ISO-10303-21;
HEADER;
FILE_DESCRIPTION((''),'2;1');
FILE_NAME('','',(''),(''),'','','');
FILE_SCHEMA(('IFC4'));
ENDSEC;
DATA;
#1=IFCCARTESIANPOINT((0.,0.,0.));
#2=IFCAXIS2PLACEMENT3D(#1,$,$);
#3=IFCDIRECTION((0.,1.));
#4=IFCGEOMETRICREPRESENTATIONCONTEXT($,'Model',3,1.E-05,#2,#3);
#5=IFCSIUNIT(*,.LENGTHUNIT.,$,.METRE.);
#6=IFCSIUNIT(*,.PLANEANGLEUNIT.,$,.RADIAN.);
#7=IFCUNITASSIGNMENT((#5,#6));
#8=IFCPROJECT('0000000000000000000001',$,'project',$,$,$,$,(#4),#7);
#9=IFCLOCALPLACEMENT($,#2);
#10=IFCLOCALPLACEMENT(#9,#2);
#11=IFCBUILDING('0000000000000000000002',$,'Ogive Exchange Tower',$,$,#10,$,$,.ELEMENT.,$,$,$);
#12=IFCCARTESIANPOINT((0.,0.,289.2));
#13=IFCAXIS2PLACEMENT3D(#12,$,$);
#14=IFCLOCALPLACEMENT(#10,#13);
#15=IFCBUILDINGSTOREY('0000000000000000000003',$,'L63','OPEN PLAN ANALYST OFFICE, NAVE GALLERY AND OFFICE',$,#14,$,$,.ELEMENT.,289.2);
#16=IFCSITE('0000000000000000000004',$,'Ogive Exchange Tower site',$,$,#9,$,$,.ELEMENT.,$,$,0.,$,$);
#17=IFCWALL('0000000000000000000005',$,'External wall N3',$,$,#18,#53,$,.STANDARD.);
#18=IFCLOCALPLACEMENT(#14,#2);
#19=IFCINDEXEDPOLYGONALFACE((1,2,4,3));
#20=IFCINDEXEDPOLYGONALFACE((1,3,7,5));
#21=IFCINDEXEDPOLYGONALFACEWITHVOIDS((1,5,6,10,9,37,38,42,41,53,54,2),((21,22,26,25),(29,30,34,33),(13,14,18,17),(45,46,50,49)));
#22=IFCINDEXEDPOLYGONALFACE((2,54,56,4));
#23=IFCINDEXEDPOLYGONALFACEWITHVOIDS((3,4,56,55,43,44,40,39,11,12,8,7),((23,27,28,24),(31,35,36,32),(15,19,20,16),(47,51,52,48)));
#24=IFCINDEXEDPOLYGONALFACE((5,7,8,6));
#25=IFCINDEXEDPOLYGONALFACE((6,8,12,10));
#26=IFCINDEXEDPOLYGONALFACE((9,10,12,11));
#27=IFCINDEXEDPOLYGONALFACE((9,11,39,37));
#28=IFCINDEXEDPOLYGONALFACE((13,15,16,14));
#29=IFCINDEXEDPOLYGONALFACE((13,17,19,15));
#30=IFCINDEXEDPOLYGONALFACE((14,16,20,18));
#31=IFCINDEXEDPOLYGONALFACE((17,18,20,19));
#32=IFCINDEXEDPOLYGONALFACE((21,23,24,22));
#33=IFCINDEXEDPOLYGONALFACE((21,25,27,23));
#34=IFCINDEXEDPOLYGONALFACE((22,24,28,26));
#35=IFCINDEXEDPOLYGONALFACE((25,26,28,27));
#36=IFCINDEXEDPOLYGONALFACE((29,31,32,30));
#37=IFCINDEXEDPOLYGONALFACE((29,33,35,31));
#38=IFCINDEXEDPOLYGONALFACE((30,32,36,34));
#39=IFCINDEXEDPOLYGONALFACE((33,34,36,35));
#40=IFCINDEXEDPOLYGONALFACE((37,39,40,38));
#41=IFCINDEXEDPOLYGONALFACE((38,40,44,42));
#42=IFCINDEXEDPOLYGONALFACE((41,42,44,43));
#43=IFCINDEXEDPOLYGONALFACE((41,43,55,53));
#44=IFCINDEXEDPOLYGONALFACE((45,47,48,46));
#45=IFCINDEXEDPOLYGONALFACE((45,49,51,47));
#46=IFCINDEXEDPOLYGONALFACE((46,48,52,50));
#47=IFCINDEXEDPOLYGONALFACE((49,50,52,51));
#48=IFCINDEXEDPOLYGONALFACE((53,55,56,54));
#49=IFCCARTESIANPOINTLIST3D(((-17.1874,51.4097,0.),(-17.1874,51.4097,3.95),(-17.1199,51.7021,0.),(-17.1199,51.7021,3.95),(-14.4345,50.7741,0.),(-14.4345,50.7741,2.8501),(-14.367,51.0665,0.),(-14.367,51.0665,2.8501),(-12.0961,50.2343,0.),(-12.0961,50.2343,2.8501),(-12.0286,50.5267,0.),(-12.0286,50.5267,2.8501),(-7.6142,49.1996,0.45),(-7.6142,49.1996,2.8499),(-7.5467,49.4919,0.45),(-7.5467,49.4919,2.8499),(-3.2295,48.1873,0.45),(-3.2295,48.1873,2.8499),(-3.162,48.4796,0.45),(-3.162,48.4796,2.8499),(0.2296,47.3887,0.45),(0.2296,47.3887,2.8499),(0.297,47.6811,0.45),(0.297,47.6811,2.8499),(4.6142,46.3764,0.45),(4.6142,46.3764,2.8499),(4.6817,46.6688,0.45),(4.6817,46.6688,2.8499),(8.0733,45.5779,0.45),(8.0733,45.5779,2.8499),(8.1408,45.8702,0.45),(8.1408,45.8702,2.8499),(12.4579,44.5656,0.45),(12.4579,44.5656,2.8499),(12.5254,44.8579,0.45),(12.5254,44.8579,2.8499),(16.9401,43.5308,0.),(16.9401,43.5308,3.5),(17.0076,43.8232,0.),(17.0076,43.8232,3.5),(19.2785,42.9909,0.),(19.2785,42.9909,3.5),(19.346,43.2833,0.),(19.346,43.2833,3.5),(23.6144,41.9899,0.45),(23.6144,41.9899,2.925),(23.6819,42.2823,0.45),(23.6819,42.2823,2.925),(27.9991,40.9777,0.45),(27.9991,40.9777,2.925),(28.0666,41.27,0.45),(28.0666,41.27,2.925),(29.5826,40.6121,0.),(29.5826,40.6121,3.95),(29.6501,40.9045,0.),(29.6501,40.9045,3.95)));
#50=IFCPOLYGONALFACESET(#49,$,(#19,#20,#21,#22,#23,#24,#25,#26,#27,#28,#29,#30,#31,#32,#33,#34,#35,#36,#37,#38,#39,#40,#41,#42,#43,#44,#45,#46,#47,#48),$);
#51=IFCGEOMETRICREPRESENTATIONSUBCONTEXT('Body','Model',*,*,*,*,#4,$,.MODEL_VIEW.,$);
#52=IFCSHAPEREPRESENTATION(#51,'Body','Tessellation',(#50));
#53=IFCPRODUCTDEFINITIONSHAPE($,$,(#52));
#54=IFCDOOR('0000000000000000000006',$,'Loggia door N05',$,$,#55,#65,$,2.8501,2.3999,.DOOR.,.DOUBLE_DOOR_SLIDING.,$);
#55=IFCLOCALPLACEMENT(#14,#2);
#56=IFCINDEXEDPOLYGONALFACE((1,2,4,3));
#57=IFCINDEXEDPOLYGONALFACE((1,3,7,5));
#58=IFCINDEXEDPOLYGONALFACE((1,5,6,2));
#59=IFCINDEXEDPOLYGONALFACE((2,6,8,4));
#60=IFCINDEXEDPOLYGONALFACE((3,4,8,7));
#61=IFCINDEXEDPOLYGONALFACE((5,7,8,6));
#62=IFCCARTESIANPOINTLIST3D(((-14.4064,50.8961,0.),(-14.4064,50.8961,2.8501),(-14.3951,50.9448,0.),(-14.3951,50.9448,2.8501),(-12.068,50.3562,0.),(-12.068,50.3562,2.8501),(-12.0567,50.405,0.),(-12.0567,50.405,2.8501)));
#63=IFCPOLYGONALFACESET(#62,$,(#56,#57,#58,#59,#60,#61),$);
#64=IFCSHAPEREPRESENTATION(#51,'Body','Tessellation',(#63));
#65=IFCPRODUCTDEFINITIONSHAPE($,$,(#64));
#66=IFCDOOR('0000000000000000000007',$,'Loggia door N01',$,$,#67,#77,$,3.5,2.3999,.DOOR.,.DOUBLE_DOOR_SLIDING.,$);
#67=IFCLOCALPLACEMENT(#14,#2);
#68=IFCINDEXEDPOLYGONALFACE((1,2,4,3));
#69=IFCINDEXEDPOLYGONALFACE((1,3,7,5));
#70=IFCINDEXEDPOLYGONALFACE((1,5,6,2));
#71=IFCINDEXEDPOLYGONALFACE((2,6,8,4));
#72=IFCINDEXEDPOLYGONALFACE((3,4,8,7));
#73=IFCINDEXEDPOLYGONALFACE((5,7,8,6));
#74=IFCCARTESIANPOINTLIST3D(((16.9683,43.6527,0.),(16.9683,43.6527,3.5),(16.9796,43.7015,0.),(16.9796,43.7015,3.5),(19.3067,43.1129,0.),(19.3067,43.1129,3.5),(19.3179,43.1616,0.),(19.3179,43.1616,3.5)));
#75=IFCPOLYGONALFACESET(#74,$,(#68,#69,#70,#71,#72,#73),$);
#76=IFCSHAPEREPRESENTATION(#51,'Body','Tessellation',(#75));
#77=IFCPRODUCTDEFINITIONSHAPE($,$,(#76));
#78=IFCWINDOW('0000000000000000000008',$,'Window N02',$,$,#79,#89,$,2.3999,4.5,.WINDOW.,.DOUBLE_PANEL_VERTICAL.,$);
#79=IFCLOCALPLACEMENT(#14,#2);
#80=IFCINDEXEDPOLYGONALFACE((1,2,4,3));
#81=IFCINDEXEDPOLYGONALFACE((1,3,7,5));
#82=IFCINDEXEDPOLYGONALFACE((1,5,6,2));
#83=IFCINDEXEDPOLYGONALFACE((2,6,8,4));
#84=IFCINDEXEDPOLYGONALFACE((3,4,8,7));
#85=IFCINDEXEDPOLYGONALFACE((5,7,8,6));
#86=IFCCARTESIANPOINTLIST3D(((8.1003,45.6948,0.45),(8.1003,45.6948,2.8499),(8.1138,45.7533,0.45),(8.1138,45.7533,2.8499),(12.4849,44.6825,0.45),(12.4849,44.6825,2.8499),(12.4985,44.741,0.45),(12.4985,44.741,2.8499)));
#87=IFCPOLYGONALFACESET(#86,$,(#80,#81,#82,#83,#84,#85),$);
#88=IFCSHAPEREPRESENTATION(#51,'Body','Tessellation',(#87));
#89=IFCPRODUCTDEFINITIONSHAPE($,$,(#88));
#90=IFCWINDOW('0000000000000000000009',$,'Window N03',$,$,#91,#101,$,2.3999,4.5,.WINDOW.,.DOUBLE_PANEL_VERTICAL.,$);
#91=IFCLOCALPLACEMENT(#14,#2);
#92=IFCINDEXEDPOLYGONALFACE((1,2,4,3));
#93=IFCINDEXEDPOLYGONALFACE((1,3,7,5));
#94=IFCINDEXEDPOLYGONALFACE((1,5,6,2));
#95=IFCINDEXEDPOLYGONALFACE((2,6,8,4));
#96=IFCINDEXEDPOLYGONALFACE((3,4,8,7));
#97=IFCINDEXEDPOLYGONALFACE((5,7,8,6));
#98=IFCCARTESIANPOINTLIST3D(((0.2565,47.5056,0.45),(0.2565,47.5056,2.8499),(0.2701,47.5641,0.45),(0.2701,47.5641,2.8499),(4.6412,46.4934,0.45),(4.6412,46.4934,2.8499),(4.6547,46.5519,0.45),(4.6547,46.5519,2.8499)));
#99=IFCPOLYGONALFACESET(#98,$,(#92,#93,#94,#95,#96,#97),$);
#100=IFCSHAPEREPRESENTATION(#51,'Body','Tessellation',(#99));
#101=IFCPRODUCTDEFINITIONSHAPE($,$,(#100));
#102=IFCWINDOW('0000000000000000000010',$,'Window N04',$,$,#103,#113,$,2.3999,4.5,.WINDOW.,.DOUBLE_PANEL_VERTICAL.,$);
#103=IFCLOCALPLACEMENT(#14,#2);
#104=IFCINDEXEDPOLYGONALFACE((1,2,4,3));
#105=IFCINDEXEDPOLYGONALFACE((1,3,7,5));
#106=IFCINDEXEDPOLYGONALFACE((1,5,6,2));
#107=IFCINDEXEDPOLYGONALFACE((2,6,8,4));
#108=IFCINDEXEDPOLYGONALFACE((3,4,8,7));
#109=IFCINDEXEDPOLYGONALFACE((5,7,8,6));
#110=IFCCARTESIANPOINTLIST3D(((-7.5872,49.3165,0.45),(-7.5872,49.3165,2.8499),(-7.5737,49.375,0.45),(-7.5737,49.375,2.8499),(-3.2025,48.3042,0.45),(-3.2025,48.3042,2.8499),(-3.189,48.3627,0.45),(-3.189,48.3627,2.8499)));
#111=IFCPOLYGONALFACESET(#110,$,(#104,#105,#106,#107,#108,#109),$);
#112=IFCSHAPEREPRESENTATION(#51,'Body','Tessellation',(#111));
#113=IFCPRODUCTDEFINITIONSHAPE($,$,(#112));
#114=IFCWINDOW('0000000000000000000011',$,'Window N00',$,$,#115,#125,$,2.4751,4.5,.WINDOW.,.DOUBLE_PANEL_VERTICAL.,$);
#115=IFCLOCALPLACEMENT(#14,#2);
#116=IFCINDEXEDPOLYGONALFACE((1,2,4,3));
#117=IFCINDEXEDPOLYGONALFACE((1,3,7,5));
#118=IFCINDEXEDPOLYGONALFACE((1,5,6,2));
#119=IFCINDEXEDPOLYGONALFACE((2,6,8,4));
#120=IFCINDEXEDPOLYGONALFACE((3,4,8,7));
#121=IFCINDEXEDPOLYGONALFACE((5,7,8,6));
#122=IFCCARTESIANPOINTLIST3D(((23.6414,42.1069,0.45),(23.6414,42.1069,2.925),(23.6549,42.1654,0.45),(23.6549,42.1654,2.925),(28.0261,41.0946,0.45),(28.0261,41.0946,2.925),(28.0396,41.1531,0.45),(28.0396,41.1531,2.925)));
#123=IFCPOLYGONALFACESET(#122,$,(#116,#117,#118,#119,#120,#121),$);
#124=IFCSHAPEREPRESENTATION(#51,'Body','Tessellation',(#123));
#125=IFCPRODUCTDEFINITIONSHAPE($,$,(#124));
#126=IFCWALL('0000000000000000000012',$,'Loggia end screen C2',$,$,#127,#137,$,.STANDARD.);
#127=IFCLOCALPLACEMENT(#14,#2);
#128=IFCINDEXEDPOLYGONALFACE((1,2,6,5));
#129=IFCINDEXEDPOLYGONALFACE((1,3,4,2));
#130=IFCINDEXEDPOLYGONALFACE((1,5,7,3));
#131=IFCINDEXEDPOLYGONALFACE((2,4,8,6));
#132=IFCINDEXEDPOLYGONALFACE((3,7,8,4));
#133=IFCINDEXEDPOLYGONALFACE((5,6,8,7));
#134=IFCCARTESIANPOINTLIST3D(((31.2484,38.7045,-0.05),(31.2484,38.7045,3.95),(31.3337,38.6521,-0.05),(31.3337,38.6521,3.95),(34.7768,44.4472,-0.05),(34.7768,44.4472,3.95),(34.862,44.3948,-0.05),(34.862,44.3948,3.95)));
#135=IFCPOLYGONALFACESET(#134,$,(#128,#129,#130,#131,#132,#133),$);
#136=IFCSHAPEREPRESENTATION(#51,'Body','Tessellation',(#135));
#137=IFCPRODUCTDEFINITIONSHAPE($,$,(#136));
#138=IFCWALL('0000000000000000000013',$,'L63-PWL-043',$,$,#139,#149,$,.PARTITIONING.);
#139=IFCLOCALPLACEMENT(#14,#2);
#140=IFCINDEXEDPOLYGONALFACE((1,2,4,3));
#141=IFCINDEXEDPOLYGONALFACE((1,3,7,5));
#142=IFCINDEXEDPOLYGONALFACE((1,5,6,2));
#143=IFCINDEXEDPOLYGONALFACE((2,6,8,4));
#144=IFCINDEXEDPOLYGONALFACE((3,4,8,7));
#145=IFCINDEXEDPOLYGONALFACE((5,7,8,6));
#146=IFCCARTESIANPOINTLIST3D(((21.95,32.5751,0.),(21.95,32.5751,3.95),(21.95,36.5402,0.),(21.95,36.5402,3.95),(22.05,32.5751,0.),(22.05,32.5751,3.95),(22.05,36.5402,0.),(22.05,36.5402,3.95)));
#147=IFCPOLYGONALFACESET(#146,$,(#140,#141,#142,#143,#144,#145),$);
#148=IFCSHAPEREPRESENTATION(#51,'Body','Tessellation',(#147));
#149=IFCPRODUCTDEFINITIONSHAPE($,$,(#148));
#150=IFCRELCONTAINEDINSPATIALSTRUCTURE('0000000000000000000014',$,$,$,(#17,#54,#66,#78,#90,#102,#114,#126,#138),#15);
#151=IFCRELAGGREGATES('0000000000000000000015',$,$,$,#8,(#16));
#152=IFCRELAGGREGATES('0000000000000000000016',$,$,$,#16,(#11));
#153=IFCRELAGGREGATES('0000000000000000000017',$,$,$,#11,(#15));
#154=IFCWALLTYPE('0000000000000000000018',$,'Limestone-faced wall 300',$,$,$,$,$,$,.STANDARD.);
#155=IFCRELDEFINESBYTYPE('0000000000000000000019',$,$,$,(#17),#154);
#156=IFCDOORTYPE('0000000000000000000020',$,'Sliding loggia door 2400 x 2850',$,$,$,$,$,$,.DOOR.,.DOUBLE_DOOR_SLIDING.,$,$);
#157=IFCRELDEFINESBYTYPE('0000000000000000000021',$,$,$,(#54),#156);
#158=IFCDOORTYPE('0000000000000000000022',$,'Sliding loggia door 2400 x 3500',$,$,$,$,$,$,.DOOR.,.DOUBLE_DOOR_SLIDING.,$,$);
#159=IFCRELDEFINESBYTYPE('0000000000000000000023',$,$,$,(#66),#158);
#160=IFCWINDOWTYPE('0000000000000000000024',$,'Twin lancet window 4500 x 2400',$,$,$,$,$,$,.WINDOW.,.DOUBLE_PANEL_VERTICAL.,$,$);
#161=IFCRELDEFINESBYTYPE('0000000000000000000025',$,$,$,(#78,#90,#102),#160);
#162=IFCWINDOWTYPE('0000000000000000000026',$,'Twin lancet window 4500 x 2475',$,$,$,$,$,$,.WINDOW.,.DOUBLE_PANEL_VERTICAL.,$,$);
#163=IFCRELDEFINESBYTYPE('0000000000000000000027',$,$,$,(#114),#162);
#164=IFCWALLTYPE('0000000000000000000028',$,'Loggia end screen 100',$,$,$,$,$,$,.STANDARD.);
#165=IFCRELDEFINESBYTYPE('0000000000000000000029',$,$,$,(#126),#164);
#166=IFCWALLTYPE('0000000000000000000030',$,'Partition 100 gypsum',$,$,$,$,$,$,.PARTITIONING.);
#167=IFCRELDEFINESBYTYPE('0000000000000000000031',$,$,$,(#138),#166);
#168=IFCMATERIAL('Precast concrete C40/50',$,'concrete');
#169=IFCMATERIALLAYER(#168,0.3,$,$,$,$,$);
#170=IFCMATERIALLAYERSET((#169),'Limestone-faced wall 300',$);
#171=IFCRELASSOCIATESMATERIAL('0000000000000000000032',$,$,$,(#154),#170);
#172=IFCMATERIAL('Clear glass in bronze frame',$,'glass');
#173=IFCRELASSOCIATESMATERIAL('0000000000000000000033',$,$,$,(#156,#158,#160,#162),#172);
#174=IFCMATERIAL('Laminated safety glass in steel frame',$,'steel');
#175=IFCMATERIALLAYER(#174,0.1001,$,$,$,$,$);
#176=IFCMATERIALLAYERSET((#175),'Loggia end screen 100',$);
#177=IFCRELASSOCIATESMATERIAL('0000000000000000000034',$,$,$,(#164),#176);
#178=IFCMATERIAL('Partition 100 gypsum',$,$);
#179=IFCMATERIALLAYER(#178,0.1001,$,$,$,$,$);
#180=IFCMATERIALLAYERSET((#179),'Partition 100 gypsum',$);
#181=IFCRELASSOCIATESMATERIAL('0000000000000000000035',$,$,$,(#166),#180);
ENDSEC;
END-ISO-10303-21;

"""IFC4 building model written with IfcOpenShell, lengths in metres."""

from ifc_helpers import new_model, si_unit, direction, frame, frame_2d, origin, place, context, subcontext, project, spatial, rectangle, extrude, material, layer, layer_set, type_object, element, fill, save


model = new_model("IFC4")

# Units and contexts
model_context = context("Model", 3, precision=1e-05, world=origin(), true_north=direction((0.0, 1.0)))
body_context = subcontext(model_context, "Body", "Model", "MODEL_VIEW")
ifc_project = project(units=[si_unit("LENGTHUNIT", "METRE"), si_unit("PLANEANGLEUNIT", "RADIAN")], contexts=[model_context])

# Site, building, storey
site_placement = place(None, origin())
site = spatial("IfcSite", under=ifc_project, at=site_placement, Name="Ogive Exchange Tower site", CompositionType="ELEMENT", RefElevation=0.0)
building_placement = place(site_placement, origin())
building = spatial("IfcBuilding", under=site, at=building_placement, Name="Ogive Exchange Tower", CompositionType="ELEMENT")
storey_placement = place(building_placement, frame((0.0, 0.0, 289.2)))
storey = spatial("IfcBuildingStorey", under=building, at=storey_placement, Name="L63", Description="OPEN PLAN ANALYST OFFICE, NAVE GALLERY AND OFFICE", CompositionType="ELEMENT", Elevation=289.2)

# Wall, openings, doors, windows
ifc_material_1 = material(Name="Precast concrete C40/50", Category="concrete")
ifc_layer_1 = layer(ifc_material_1, 0.3)
ifc_layer_set_1 = layer_set([ifc_layer_1], Name="Limestone-faced wall 300")
wall_type_1 = type_object("IfcWallType", Name="Limestone-faced wall 300", PredefinedType="STANDARD", material=ifc_layer_set_1)
wall_1_placement = place(storey_placement, frame((29.6162, 40.7583, 0.0), z_axis=(0.0, 0.0, 1.0), x_axis=(-0.974371, 0.224949, 0.0)))
wall_1 = element("IfcWall", 1, at=wall_1_placement, inside=storey, type_object=wall_type_1, Name="External wall N3", PredefinedType="STANDARD", context=body_context, shape_type="SweptSolid", body=[
    extrude(rectangle(XDim=48.0002, YDim=0.3, at=frame_2d((24.0, 0.0))), origin(), (0.0, 0.0, 1.0), 3.95),
])
opening_1_placement = place(wall_1_placement, frame((1.625, 0.0, 0.45)))
opening_1 = element("IfcOpeningElement", 2, at=opening_1_placement, cuts=wall_1, PredefinedType="OPENING", context=body_context, shape_type="SweptSolid", body=[
    extrude(rectangle(XDim=4.5, YDim=2.4751, at=frame_2d((2.25, 1.2375))), frame((0.0, 0.1599, 0.0), z_axis=(0.0, -1.0, 0.0), x_axis=(1.0, 0.0, 0.0)), (0.0, 0.0, 1.0), 0.3201),
])
opening_2_placement = place(wall_1_placement, frame((10.575, 0.0, 0.0)))
opening_2 = element("IfcOpeningElement", 3, at=opening_2_placement, cuts=wall_1, PredefinedType="OPENING", context=body_context, shape_type="SweptSolid", body=[
    extrude(rectangle(XDim=2.3999, YDim=3.5, at=frame_2d((1.2, 1.75))), frame((0.0, 0.1599, 0.0), z_axis=(0.0, -1.0, 0.0), x_axis=(1.0, 0.0, 0.0)), (0.0, 0.0, 1.0), 0.3201),
])
opening_3_placement = place(wall_1_placement, frame((17.575, 0.0, 0.45)))
opening_3 = element("IfcOpeningElement", 4, at=opening_3_placement, cuts=wall_1, PredefinedType="OPENING", context=body_context, shape_type="SweptSolid", body=[
    extrude(rectangle(XDim=4.5, YDim=2.3999, at=frame_2d((2.25, 1.2))), frame((0.0, 0.1599, 0.0), z_axis=(0.0, -1.0, 0.0), x_axis=(1.0, 0.0, 0.0)), (0.0, 0.0, 1.0), 0.3201),
])
opening_4_placement = place(wall_1_placement, frame((25.625, 0.0, 0.45)))
opening_4 = element("IfcOpeningElement", 5, at=opening_4_placement, cuts=wall_1, PredefinedType="OPENING", context=body_context, shape_type="SweptSolid", body=[
    extrude(rectangle(XDim=4.5, YDim=2.3999, at=frame_2d((2.25, 1.2))), frame((0.0, 0.1599, 0.0), z_axis=(0.0, -1.0, 0.0), x_axis=(1.0, 0.0, 0.0)), (0.0, 0.0, 1.0), 0.3201),
])
opening_5_placement = place(wall_1_placement, frame((33.675, 0.0, 0.45)))
opening_5 = element("IfcOpeningElement", 6, at=opening_5_placement, cuts=wall_1, PredefinedType="OPENING", context=body_context, shape_type="SweptSolid", body=[
    extrude(rectangle(XDim=4.5, YDim=2.3999, at=frame_2d((2.25, 1.2))), frame((0.0, 0.1599, 0.0), z_axis=(0.0, -1.0, 0.0), x_axis=(1.0, 0.0, 0.0)), (0.0, 0.0, 1.0), 0.3201),
])
opening_6_placement = place(wall_1_placement, frame((42.7749, 0.0, 0.0)))
opening_6 = element("IfcOpeningElement", 7, at=opening_6_placement, cuts=wall_1, PredefinedType="OPENING", context=body_context, shape_type="SweptSolid", body=[
    extrude(rectangle(XDim=2.3999, YDim=2.8501, at=frame_2d((1.2, 1.425))), frame((0.0, 0.1599, 0.0), z_axis=(0.0, -1.0, 0.0), x_axis=(1.0, 0.0, 0.0)), (0.0, 0.0, 1.0), 0.3201),
])
ifc_material_2 = material(Name="Clear glass in bronze frame", Category="glass")
door_type_1 = type_object("IfcDoorType", Name="Sliding loggia door 2400 x 2850", OperationType="DOUBLE_DOOR_SLIDING", PredefinedType="DOOR", material=ifc_material_2)
door_1_placement = place(opening_6_placement, origin())
door_1 = element("IfcDoor", 8, at=door_1_placement, inside=storey, type_object=door_type_1, Name="Loggia door N05", OperationType="DOUBLE_DOOR_SLIDING", OverallHeight=2.8501, OverallWidth=2.3999, PredefinedType="DOOR", context=body_context, shape_type="SweptSolid", body=[
    extrude(rectangle(XDim=2.3999, YDim=2.8501, at=frame_2d((1.2, 1.425))), frame((0.0, 0.0249, 0.0), z_axis=(0.0, -1.0, 0.0), x_axis=(1.0, 0.0, 0.0)), (0.0, 0.0, 1.0), 0.05),
])
fill(opening_6, door_1)
door_type_2 = type_object("IfcDoorType", Name="Sliding loggia door 2400 x 3500", OperationType="DOUBLE_DOOR_SLIDING", PredefinedType="DOOR", material=ifc_material_2)
door_2_placement = place(opening_2_placement, origin())
door_2 = element("IfcDoor", 9, at=door_2_placement, inside=storey, type_object=door_type_2, Name="Loggia door N01", OperationType="DOUBLE_DOOR_SLIDING", OverallHeight=3.5, OverallWidth=2.3999, PredefinedType="DOOR", context=body_context, shape_type="SweptSolid", body=[
    extrude(rectangle(XDim=2.3999, YDim=3.5, at=frame_2d((1.2, 1.75))), frame((0.0, 0.0249, 0.0), z_axis=(0.0, -1.0, 0.0), x_axis=(1.0, 0.0, 0.0)), (0.0, 0.0, 1.0), 0.05),
])
fill(opening_2, door_2)
window_type_1 = type_object("IfcWindowType", Name="Twin lancet window 4500 x 2400", PartitioningType="DOUBLE_PANEL_VERTICAL", PredefinedType="WINDOW", material=ifc_material_2)
window_1_placement = place(opening_3_placement, origin())
window_1 = element("IfcWindow", 10, at=window_1_placement, inside=storey, type_object=window_type_1, Name="Window N02", OverallHeight=2.3999, OverallWidth=4.5, PartitioningType="DOUBLE_PANEL_VERTICAL", PredefinedType="WINDOW", context=body_context, shape_type="SweptSolid", body=[
    extrude(rectangle(XDim=4.5, YDim=2.3999, at=frame_2d((2.25, 1.2))), frame((0.0, 0.03, 0.0), z_axis=(0.0, -1.0, 0.0), x_axis=(1.0, 0.0, 0.0)), (0.0, 0.0, 1.0), 0.0601),
])
fill(opening_3, window_1)
window_2_placement = place(opening_4_placement, origin())
window_2 = element("IfcWindow", 11, at=window_2_placement, inside=storey, type_object=window_type_1, Name="Window N03", OverallHeight=2.3999, OverallWidth=4.5, PartitioningType="DOUBLE_PANEL_VERTICAL", PredefinedType="WINDOW", context=body_context, shape_type="SweptSolid", body=[
    extrude(rectangle(XDim=4.5, YDim=2.3999, at=frame_2d((2.25, 1.2))), frame((0.0, 0.03, 0.0), z_axis=(0.0, -1.0, 0.0), x_axis=(1.0, 0.0, 0.0)), (0.0, 0.0, 1.0), 0.0601),
])
fill(opening_4, window_2)
window_3_placement = place(opening_5_placement, origin())
window_3 = element("IfcWindow", 12, at=window_3_placement, inside=storey, type_object=window_type_1, Name="Window N04", OverallHeight=2.3999, OverallWidth=4.5, PartitioningType="DOUBLE_PANEL_VERTICAL", PredefinedType="WINDOW", context=body_context, shape_type="SweptSolid", body=[
    extrude(rectangle(XDim=4.5, YDim=2.3999, at=frame_2d((2.25, 1.2))), frame((0.0, 0.03, 0.0), z_axis=(0.0, -1.0, 0.0), x_axis=(1.0, 0.0, 0.0)), (0.0, 0.0, 1.0), 0.0601),
])
fill(opening_5, window_3)
window_type_2 = type_object("IfcWindowType", Name="Twin lancet window 4500 x 2475", PartitioningType="DOUBLE_PANEL_VERTICAL", PredefinedType="WINDOW", material=ifc_material_2)
window_4_placement = place(opening_1_placement, origin())
window_4 = element("IfcWindow", 13, at=window_4_placement, inside=storey, type_object=window_type_2, Name="Window N00", OverallHeight=2.4751, OverallWidth=4.5, PartitioningType="DOUBLE_PANEL_VERTICAL", PredefinedType="WINDOW", context=body_context, shape_type="SweptSolid", body=[
    extrude(rectangle(XDim=4.5, YDim=2.4751, at=frame_2d((2.25, 1.2375))), frame((0.0, 0.03, 0.0), z_axis=(0.0, -1.0, 0.0), x_axis=(1.0, 0.0, 0.0)), (0.0, 0.0, 1.0), 0.0601),
])
fill(opening_1, window_4)

# Walls
ifc_material_3 = material(Name="Laminated safety glass in steel frame", Category="steel")
ifc_layer_2 = layer(ifc_material_3, 0.1001)
ifc_layer_set_2 = layer_set([ifc_layer_2], Name="Loggia end screen 100")
wall_type_2 = type_object("IfcWallType", Name="Loggia end screen 100", PredefinedType="STANDARD", material=ifc_layer_set_2)
wall_2_placement = place(storey_placement, frame((31.291, 38.6782, -0.05), z_axis=(0.0, 0.0, 1.0), x_axis=(0.523491, 0.852031, 0.0)))
element("IfcWall", 14, at=wall_2_placement, inside=storey, type_object=wall_type_2, Name="Loggia end screen C2", PredefinedType="STANDARD", context=body_context, shape_type="SweptSolid", body=[
    extrude(rectangle(XDim=6.74, YDim=0.1001, at=frame_2d((3.3701, 0.0))), origin(), (0.0, 0.0, 1.0), 4.0),
])
ifc_material_4 = material(Name="Partition 100 gypsum")
ifc_layer_3 = layer(ifc_material_4, 0.1001)
ifc_layer_set_3 = layer_set([ifc_layer_3], Name="Partition 100 gypsum")
wall_type_3 = type_object("IfcWallType", Name="Partition 100 gypsum", PredefinedType="PARTITIONING", material=ifc_layer_set_3)
wall_3_placement = place(storey_placement, frame((22.0, 36.54, 0.0), z_axis=(0.0, 0.0, 1.0), x_axis=(0.0, -1.0, 0.0)))
element("IfcWall", 15, at=wall_3_placement, inside=storey, type_object=wall_type_3, Name="L63-PWL-043", PredefinedType="PARTITIONING", context=body_context, shape_type="SweptSolid", body=[
    extrude(rectangle(XDim=3.9651, YDim=0.1001, at=frame_2d((1.9824, 0.0))), origin(), (0.0, 0.0, 1.0), 3.95),
])

save(model, "model.ifc")
